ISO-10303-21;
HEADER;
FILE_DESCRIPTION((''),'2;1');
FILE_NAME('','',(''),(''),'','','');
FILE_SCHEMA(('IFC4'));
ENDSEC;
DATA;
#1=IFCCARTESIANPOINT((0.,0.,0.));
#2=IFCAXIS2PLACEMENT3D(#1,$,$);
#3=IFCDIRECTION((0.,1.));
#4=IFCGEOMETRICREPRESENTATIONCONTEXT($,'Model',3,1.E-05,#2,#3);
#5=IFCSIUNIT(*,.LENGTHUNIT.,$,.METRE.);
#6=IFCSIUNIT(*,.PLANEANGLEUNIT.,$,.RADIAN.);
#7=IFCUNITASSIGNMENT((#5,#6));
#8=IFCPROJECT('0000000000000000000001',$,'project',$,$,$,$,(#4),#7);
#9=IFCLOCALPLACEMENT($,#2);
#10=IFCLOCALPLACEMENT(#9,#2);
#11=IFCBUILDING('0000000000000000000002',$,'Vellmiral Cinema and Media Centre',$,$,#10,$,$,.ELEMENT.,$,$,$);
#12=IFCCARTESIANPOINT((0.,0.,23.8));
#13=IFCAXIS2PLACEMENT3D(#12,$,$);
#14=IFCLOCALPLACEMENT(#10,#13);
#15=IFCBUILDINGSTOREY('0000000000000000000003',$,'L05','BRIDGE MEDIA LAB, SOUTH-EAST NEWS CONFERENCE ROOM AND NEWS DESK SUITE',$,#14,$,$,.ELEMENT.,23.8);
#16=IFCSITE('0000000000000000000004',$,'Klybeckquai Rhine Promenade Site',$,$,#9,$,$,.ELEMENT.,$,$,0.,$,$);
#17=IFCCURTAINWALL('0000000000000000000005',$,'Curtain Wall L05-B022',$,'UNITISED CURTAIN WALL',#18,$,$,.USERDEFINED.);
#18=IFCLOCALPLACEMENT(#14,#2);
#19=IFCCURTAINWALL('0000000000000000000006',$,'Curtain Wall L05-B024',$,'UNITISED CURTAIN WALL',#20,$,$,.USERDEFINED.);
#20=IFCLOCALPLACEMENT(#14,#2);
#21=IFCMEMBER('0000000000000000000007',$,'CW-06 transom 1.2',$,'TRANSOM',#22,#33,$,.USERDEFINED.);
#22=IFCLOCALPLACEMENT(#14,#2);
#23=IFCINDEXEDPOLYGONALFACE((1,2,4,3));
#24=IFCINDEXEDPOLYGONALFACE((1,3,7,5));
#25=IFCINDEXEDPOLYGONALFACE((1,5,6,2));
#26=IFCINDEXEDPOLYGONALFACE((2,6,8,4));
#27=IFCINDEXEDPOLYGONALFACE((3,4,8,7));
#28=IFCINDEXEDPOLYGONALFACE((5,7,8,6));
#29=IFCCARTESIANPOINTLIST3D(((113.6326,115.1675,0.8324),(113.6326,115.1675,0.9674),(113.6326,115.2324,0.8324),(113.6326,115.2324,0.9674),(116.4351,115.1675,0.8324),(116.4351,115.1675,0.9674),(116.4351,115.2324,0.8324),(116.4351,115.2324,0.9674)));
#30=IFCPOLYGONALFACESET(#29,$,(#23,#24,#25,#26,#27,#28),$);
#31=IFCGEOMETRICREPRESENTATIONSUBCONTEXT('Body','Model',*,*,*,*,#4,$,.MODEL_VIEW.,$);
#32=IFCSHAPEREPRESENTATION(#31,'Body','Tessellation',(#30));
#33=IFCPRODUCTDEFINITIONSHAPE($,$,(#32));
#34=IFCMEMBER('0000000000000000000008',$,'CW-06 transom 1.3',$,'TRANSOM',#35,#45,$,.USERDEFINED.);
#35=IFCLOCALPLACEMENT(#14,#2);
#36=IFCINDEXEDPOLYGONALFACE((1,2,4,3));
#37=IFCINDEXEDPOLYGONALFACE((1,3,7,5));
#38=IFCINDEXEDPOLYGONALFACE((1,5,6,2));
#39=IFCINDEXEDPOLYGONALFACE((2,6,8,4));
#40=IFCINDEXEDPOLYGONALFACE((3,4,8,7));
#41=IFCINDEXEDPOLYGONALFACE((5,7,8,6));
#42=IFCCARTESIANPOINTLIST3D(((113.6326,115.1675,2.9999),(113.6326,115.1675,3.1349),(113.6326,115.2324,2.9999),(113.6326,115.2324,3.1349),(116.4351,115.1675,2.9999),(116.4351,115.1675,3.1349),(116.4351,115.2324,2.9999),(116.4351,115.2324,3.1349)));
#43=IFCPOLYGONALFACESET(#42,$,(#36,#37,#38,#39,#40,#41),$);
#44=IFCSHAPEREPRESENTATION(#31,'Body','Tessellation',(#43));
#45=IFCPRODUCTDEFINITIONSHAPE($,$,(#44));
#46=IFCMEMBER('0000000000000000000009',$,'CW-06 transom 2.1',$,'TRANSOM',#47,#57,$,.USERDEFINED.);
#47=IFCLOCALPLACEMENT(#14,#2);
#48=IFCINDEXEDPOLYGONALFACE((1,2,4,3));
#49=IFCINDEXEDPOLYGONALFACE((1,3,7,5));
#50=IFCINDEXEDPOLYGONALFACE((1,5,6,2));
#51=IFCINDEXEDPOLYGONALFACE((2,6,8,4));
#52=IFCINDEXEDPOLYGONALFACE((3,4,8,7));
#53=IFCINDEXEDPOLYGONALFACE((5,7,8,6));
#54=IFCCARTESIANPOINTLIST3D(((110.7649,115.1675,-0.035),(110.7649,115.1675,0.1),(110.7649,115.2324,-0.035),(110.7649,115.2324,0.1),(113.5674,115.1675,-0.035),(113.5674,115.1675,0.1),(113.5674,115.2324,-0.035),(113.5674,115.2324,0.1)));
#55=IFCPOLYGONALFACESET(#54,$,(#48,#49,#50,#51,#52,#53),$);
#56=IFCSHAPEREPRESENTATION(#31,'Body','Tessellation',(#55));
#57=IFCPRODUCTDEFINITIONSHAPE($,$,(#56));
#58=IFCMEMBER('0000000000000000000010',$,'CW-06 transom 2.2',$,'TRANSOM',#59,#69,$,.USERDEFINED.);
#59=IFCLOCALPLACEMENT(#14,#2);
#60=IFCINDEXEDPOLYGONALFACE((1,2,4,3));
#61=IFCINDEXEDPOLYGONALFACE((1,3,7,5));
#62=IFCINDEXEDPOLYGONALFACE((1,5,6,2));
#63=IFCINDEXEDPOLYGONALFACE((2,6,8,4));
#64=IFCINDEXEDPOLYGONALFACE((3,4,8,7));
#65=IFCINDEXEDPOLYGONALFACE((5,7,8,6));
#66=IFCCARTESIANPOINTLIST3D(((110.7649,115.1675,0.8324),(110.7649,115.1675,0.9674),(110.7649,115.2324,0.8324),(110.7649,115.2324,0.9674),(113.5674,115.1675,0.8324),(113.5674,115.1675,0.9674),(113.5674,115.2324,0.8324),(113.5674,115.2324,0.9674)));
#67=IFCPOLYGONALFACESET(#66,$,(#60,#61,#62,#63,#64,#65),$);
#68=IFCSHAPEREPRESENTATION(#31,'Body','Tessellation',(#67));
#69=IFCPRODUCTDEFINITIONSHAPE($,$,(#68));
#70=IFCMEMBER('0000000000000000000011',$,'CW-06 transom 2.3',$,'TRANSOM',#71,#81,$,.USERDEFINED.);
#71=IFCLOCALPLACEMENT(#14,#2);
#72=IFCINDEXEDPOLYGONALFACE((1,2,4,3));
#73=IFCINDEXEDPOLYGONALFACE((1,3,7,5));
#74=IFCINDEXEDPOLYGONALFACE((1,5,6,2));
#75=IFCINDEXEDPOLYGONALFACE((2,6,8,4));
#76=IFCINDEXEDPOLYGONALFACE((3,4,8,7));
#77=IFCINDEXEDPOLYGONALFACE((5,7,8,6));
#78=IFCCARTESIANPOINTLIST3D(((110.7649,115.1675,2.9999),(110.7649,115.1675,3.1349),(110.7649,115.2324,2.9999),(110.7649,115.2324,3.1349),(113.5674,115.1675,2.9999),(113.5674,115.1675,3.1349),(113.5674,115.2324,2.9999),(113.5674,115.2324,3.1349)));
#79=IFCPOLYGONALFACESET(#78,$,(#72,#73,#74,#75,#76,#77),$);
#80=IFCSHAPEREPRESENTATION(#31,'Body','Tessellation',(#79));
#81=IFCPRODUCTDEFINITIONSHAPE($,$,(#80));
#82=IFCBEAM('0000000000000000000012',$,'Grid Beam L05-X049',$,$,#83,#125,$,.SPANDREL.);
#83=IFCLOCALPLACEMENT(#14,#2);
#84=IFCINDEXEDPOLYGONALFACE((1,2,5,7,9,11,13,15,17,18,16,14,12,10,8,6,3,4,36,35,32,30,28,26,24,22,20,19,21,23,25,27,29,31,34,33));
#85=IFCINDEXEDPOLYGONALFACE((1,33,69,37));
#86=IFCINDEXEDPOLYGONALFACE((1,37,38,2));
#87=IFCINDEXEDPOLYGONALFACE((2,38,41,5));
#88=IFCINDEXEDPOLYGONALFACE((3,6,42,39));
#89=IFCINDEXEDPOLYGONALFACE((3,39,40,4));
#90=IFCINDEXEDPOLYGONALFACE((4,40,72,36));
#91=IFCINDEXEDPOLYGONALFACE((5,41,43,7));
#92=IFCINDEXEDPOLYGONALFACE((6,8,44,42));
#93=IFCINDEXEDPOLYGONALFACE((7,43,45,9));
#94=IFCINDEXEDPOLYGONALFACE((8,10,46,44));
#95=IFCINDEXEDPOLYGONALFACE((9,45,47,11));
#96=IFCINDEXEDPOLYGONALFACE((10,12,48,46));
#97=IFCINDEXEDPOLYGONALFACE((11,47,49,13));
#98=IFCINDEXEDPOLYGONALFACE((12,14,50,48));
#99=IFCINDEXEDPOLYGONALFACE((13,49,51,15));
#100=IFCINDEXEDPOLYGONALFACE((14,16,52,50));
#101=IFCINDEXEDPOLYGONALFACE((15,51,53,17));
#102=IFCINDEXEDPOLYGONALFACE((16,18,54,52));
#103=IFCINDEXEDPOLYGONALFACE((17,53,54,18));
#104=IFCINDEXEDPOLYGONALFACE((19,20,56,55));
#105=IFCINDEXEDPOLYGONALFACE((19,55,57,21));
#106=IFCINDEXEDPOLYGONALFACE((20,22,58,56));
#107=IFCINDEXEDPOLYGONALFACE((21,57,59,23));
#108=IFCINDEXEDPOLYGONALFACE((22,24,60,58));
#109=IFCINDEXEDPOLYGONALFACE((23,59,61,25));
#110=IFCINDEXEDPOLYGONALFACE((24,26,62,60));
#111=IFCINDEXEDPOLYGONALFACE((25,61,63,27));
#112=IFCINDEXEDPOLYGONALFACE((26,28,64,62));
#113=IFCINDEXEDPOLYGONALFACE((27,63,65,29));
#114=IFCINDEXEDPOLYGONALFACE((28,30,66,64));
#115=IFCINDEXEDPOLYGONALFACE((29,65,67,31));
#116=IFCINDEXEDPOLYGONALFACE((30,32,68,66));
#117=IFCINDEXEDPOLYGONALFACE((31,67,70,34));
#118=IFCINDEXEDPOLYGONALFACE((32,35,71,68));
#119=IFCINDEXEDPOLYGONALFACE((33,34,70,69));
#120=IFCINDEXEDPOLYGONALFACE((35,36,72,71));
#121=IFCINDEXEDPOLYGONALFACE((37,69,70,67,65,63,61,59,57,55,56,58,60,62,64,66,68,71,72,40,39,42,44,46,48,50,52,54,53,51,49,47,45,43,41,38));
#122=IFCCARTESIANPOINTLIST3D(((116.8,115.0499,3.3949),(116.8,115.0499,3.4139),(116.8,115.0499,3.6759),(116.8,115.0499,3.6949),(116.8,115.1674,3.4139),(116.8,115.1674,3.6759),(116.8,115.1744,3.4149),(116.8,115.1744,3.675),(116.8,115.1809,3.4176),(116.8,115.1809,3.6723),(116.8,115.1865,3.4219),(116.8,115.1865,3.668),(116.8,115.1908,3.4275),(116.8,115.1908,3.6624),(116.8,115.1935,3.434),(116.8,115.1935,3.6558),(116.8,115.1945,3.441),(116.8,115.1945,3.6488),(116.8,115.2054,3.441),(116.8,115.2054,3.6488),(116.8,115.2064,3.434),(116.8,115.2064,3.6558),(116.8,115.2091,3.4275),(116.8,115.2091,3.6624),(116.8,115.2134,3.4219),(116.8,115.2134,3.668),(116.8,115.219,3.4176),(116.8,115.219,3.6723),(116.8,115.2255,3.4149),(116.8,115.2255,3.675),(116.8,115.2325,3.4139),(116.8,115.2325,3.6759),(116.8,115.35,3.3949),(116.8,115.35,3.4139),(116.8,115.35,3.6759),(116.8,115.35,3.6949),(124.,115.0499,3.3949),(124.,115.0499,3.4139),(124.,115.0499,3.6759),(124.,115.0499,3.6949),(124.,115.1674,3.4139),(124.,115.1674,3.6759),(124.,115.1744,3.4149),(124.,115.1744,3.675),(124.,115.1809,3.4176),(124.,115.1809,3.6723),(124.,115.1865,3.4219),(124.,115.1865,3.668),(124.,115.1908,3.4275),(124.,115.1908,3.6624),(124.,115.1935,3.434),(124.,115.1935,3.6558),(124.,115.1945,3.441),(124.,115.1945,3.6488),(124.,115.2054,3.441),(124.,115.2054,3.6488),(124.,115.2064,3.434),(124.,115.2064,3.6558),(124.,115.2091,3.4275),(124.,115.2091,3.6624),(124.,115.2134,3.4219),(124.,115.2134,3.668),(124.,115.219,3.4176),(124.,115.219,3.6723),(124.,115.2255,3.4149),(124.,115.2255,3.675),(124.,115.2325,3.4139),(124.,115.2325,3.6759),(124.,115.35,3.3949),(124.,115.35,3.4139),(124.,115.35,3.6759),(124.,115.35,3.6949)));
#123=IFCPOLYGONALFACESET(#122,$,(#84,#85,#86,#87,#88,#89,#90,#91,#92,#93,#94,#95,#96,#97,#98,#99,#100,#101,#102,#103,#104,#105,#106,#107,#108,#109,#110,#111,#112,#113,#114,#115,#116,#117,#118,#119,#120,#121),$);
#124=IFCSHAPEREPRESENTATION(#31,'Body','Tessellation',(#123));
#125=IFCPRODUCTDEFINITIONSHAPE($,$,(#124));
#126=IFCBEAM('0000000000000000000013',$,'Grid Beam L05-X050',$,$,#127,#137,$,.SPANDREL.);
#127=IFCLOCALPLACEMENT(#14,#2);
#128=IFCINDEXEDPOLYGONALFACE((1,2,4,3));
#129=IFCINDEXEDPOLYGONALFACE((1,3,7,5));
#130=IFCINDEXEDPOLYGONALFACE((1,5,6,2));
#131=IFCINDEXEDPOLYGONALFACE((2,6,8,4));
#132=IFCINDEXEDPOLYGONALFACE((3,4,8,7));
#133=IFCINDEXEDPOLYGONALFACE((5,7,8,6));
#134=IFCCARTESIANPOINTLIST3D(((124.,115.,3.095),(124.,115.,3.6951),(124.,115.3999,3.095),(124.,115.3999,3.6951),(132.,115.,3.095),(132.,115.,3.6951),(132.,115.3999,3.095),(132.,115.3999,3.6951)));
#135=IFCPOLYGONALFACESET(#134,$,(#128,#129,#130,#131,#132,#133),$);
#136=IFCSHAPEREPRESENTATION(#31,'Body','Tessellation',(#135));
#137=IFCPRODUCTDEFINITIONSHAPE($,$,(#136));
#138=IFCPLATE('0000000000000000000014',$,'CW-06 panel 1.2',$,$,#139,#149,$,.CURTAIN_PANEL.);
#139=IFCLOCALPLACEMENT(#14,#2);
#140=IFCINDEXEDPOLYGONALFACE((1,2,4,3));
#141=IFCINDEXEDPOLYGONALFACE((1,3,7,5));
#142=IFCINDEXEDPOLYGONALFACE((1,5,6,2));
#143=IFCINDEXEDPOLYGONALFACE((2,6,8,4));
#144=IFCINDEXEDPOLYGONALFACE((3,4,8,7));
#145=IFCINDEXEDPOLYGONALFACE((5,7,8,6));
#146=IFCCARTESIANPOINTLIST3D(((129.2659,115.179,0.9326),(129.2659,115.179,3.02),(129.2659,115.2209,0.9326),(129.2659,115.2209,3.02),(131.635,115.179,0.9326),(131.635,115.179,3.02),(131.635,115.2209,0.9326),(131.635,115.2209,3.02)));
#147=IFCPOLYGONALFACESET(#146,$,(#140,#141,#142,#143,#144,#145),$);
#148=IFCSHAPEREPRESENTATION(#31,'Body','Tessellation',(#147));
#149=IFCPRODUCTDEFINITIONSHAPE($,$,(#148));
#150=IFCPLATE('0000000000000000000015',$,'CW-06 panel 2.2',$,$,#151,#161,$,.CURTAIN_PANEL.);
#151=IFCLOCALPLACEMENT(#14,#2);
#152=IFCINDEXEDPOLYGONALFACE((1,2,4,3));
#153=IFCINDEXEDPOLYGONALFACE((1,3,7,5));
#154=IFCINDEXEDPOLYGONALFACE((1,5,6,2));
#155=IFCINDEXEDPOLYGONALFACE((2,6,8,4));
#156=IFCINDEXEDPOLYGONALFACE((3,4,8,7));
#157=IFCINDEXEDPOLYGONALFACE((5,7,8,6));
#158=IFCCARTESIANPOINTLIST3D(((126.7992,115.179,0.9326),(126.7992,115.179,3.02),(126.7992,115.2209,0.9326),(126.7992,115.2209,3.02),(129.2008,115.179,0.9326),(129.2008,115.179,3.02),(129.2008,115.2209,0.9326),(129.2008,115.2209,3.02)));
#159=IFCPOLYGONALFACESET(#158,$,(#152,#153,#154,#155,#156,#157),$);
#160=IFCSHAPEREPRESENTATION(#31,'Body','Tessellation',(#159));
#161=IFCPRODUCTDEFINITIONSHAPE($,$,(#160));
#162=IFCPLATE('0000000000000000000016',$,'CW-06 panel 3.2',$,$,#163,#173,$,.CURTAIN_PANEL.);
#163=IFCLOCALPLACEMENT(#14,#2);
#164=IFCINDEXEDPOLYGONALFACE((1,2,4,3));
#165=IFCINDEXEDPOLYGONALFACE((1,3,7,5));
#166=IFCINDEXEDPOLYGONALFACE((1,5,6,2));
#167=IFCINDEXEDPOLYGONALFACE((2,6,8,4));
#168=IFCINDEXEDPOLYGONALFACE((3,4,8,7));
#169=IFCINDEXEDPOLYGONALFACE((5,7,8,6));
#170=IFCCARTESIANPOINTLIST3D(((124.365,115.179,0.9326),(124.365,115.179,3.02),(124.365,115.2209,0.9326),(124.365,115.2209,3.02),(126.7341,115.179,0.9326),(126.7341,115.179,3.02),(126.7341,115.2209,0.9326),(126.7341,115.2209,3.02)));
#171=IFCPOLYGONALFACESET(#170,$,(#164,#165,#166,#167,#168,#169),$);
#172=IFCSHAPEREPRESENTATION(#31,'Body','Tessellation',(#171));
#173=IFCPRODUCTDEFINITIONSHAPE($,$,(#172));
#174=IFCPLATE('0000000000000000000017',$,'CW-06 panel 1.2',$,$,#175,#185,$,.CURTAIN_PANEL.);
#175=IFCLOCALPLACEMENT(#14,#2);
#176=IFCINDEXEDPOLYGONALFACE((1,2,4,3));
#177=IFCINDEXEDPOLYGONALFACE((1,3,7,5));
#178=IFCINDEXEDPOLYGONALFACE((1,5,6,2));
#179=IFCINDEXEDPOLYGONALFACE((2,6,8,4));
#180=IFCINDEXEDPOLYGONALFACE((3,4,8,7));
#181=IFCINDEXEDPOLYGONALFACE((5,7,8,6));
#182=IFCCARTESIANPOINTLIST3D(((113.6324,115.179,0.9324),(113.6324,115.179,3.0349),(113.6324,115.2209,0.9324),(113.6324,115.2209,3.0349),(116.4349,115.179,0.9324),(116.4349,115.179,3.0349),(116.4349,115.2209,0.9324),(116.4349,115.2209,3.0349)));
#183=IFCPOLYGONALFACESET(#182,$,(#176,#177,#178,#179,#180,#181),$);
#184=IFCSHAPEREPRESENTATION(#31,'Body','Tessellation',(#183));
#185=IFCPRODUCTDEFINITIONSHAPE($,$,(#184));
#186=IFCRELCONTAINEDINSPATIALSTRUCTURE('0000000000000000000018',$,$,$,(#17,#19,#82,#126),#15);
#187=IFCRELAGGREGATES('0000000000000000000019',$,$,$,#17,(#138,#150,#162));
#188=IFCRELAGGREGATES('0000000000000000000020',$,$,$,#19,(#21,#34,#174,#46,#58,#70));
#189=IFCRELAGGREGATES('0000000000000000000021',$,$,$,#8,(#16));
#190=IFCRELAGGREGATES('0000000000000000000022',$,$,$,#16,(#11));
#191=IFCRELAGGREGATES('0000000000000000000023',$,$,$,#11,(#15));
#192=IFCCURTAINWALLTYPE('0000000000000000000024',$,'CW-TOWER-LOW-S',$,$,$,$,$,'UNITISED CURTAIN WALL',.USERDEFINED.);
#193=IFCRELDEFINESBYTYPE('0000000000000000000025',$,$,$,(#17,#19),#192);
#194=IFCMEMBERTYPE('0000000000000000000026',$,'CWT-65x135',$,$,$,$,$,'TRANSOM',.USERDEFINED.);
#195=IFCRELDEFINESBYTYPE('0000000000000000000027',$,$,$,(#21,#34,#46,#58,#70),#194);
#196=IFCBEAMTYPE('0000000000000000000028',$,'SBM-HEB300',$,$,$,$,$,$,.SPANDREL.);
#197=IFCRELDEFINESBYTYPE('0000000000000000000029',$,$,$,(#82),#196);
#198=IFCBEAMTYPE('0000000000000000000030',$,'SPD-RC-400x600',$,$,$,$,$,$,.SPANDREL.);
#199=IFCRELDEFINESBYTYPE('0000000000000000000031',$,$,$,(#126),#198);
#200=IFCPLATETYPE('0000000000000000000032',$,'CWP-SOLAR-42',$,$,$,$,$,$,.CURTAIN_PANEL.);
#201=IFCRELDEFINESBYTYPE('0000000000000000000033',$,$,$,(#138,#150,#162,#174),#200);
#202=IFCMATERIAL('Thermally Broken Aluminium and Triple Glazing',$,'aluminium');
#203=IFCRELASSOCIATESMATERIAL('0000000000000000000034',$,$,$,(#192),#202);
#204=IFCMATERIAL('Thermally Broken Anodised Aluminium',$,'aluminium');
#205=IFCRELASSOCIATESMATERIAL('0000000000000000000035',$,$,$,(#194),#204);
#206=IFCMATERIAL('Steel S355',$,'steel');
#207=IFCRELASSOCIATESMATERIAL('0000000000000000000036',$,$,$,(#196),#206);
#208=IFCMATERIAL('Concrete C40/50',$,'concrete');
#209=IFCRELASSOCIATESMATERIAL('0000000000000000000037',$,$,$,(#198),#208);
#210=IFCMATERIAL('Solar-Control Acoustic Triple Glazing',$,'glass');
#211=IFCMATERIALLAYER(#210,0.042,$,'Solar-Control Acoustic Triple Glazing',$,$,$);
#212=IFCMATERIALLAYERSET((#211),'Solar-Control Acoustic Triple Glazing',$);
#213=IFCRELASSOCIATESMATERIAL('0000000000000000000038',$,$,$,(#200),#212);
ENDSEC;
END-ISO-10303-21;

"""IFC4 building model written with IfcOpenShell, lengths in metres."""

from ifc_helpers import new_model, si_unit, direction, frame, origin, origin_2d, place, context, subcontext, project, spatial, rectangle, i_section, extrude, material, layer, layer_set, material_profile, profile_set, type_object, element, aggregate, save


model = new_model("IFC4")

# Units and contexts
model_context = context("Model", 3, precision=1e-05, world=origin(), true_north=direction((0.0, 1.0)))
body_context = subcontext(model_context, "Body", "Model", "MODEL_VIEW")
ifc_project = project(units=[si_unit("LENGTHUNIT", "METRE"), si_unit("PLANEANGLEUNIT", "RADIAN")], contexts=[model_context])

# Site, building, storey
site_placement = place(None, origin())
site = spatial("IfcSite", under=ifc_project, at=site_placement, Name="Klybeckquai Rhine Promenade Site", CompositionType="ELEMENT", RefElevation=0.0)
building_placement = place(site_placement, origin())
building = spatial("IfcBuilding", under=site, at=building_placement, Name="Vellmiral Cinema and Media Centre", CompositionType="ELEMENT")
storey_placement = place(building_placement, frame((0.0, 0.0, 23.8)))
storey = spatial("IfcBuildingStorey", under=building, at=storey_placement, Name="L05", Description="BRIDGE MEDIA LAB, SOUTH-EAST NEWS CONFERENCE ROOM AND NEWS DESK SUITE", CompositionType="ELEMENT", Elevation=23.8)

# Curtain walls
ifc_material_1 = material(Name="Thermally Broken Aluminium and Triple Glazing", Category="aluminium")
curtain_wall_type = type_object("IfcCurtainWallType", Name="CW-TOWER-LOW-S", ElementType="UNITISED CURTAIN WALL", PredefinedType="USERDEFINED", material=ifc_material_1)
curtain_wall_1_placement = place(storey_placement, origin())
curtain_wall_1 = element("IfcCurtainWall", 1, at=curtain_wall_1_placement, inside=storey, type_object=curtain_wall_type, Name="Curtain Wall L05-B022", ObjectType="UNITISED CURTAIN WALL", PredefinedType="USERDEFINED")
curtain_wall_2_placement = place(storey_placement, origin())
curtain_wall_2 = element("IfcCurtainWall", 2, at=curtain_wall_2_placement, inside=storey, type_object=curtain_wall_type, Name="Curtain Wall L05-B024", ObjectType="UNITISED CURTAIN WALL", PredefinedType="USERDEFINED")

# Members
ifc_material_2 = material(Name="Thermally Broken Anodised Aluminium", Category="aluminium")
ifc_material_profile_1 = material_profile(ifc_material_2, rectangle(XDim=0.0649, YDim=0.135, at=origin_2d()), Name="MULL 65x135")
ifc_profile_set_1 = profile_set([ifc_material_profile_1], Name="Thermally Broken Anodised Aluminium")
member_type_1 = type_object("IfcMemberType", Name="CWT-65x135", ElementType="TRANSOM", PredefinedType="USERDEFINED", material=ifc_profile_set_1)
member_1_placement = place(storey_placement, frame((116.4351, 115.2, 0.8999), z_axis=(-1.0, 0.0, 0.0), x_axis=(0.0, -1.0, 0.0)))
member_1 = element("IfcMember", 3, at=member_1_placement, type_object=member_type_1, Name="CW-06 transom 1.2", ObjectType="TRANSOM", PredefinedType="USERDEFINED", context=body_context, shape_type="SweptSolid", body=[
    extrude(rectangle(XDim=0.0649, YDim=0.135, at=origin_2d()), origin(), (0.0, 0.0, 1.0), 2.8025),
])
member_2_placement = place(storey_placement, frame((116.4351, 115.2, 3.0674), z_axis=(-1.0, 0.0, 0.0), x_axis=(0.0, -1.0, 0.0)))
member_2 = element("IfcMember", 4, at=member_2_placement, type_object=member_type_1, Name="CW-06 transom 1.3", ObjectType="TRANSOM", PredefinedType="USERDEFINED", context=body_context, shape_type="SweptSolid", body=[
    extrude(rectangle(XDim=0.0649, YDim=0.135, at=origin_2d()), origin(), (0.0, 0.0, 1.0), 2.8025),
])
member_3_placement = place(storey_placement, frame((113.5674, 115.2, 0.0325), z_axis=(-1.0, 0.0, 0.0), x_axis=(0.0, -1.0, 0.0)))
member_3 = element("IfcMember", 5, at=member_3_placement, type_object=member_type_1, Name="CW-06 transom 2.1", ObjectType="TRANSOM", PredefinedType="USERDEFINED", context=body_context, shape_type="SweptSolid", body=[
    extrude(rectangle(XDim=0.0649, YDim=0.135, at=origin_2d()), origin(), (0.0, 0.0, 1.0), 2.8025),
])
member_4_placement = place(storey_placement, frame((113.5674, 115.2, 0.8999), z_axis=(-1.0, 0.0, 0.0), x_axis=(0.0, -1.0, 0.0)))
member_4 = element("IfcMember", 6, at=member_4_placement, type_object=member_type_1, Name="CW-06 transom 2.2", ObjectType="TRANSOM", PredefinedType="USERDEFINED", context=body_context, shape_type="SweptSolid", body=[
    extrude(rectangle(XDim=0.0649, YDim=0.135, at=origin_2d()), origin(), (0.0, 0.0, 1.0), 2.8025),
])
member_5_placement = place(storey_placement, frame((113.5674, 115.2, 3.0674), z_axis=(-1.0, 0.0, 0.0), x_axis=(0.0, -1.0, 0.0)))
member_5 = element("IfcMember", 7, at=member_5_placement, type_object=member_type_1, Name="CW-06 transom 2.3", ObjectType="TRANSOM", PredefinedType="USERDEFINED", context=body_context, shape_type="SweptSolid", body=[
    extrude(rectangle(XDim=0.0649, YDim=0.135, at=origin_2d()), origin(), (0.0, 0.0, 1.0), 2.8025),
])

# Beams
ifc_material_3 = material(Name="Steel S355", Category="steel")
ifc_material_profile_2 = material_profile(ifc_material_3, i_section(OverallWidth=0.3, OverallDepth=0.3, WebThickness=0.011, FlangeThickness=0.019, FilletRadius=0.0271, at=origin_2d()), Name="HEB 300")
ifc_profile_set_2 = profile_set([ifc_material_profile_2], Name="Steel S355")
beam_type_1 = type_object("IfcBeamType", Name="SBM-HEB300", PredefinedType="SPANDREL", material=ifc_profile_set_2)
beam_1_placement = place(storey_placement, frame((116.8, 115.2, 3.5449), z_axis=(1.0, 0.0, 0.0), x_axis=(0.0, 1.0, 0.0)))
element("IfcBeam", 8, at=beam_1_placement, inside=storey, type_object=beam_type_1, Name="Grid Beam L05-X049", PredefinedType="SPANDREL", context=body_context, shape_type="SweptSolid", body=[
    extrude(i_section(OverallWidth=0.3, OverallDepth=0.3, WebThickness=0.011, FlangeThickness=0.019, FilletRadius=0.0271, at=origin_2d()), origin(), (0.0, 0.0, 1.0), 7.2),
])
ifc_material_4 = material(Name="Concrete C40/50", Category="concrete")
ifc_material_profile_3 = material_profile(ifc_material_4, rectangle(XDim=0.3999, YDim=0.6001, at=origin_2d()), Name="RC 400x600")
ifc_profile_set_3 = profile_set([ifc_material_profile_3], Name="Concrete C40/50")
beam_type_2 = type_object("IfcBeamType", Name="SPD-RC-400x600", PredefinedType="SPANDREL", material=ifc_profile_set_3)
beam_2_placement = place(storey_placement, frame((124.0, 115.2, 3.395), z_axis=(1.0, 0.0, 0.0), x_axis=(0.0, 1.0, 0.0)))
element("IfcBeam", 9, at=beam_2_placement, inside=storey, type_object=beam_type_2, Name="Grid Beam L05-X050", PredefinedType="SPANDREL", context=body_context, shape_type="SweptSolid", body=[
    extrude(rectangle(XDim=0.3999, YDim=0.6001, at=origin_2d()), origin(), (0.0, 0.0, 1.0), 8.0),
])

# Plates
ifc_material_5 = material(Name="Solar-Control Acoustic Triple Glazing", Category="glass")
ifc_layer_1 = layer(ifc_material_5, 0.042, Name="Solar-Control Acoustic Triple Glazing")
ifc_layer_set_1 = layer_set([ifc_layer_1], Name="Solar-Control Acoustic Triple Glazing")
plate_type_1 = type_object("IfcPlateType", Name="CWP-SOLAR-42", PredefinedType="CURTAIN_PANEL", material=ifc_layer_set_1)
plate_1_placement = place(storey_placement, frame((130.4504, 115.2, 0.9326), z_axis=(0.0, 0.0, 1.0), x_axis=(-1.0, 0.0, 0.0)))
plate_1 = element("IfcPlate", 10, at=plate_1_placement, type_object=plate_type_1, Name="CW-06 panel 1.2", PredefinedType="CURTAIN_PANEL", context=body_context, shape_type="SweptSolid", body=[
    extrude(rectangle(XDim=2.3691, YDim=0.042, at=origin_2d()), origin(), (0.0, 0.0, 1.0), 2.0874),
])
plate_2_placement = place(storey_placement, frame((128.0, 115.2, 0.9326), z_axis=(0.0, 0.0, 1.0), x_axis=(-1.0, 0.0, 0.0)))
plate_2 = element("IfcPlate", 11, at=plate_2_placement, type_object=plate_type_1, Name="CW-06 panel 2.2", PredefinedType="CURTAIN_PANEL", context=body_context, shape_type="SweptSolid", body=[
    extrude(rectangle(XDim=2.4016, YDim=0.042, at=origin_2d()), origin(), (0.0, 0.0, 1.0), 2.0874),
])
plate_3_placement = place(storey_placement, frame((125.5496, 115.2, 0.9326), z_axis=(0.0, 0.0, 1.0), x_axis=(-1.0, 0.0, 0.0)))
plate_3 = element("IfcPlate", 12, at=plate_3_placement, type_object=plate_type_1, Name="CW-06 panel 3.2", PredefinedType="CURTAIN_PANEL", context=body_context, shape_type="SweptSolid", body=[
    extrude(rectangle(XDim=2.3691, YDim=0.042, at=origin_2d()), origin(), (0.0, 0.0, 1.0), 2.0874),
])
plate_4_placement = place(storey_placement, frame((115.0337, 115.2, 0.9324), z_axis=(0.0, 0.0, 1.0), x_axis=(-1.0, 0.0, 0.0)))
plate_4 = element("IfcPlate", 13, at=plate_4_placement, type_object=plate_type_1, Name="CW-06 panel 1.2", PredefinedType="CURTAIN_PANEL", context=body_context, shape_type="SweptSolid", body=[
    extrude(rectangle(XDim=2.8025, YDim=0.042, at=origin_2d()), origin(), (0.0, 0.0, 1.0), 2.1025),
])
aggregate(curtain_wall_1, [plate_1, plate_2, plate_3])
aggregate(curtain_wall_2, [member_1, member_2, plate_4, member_3, member_4, member_5])

save(model, "model.ifc")
